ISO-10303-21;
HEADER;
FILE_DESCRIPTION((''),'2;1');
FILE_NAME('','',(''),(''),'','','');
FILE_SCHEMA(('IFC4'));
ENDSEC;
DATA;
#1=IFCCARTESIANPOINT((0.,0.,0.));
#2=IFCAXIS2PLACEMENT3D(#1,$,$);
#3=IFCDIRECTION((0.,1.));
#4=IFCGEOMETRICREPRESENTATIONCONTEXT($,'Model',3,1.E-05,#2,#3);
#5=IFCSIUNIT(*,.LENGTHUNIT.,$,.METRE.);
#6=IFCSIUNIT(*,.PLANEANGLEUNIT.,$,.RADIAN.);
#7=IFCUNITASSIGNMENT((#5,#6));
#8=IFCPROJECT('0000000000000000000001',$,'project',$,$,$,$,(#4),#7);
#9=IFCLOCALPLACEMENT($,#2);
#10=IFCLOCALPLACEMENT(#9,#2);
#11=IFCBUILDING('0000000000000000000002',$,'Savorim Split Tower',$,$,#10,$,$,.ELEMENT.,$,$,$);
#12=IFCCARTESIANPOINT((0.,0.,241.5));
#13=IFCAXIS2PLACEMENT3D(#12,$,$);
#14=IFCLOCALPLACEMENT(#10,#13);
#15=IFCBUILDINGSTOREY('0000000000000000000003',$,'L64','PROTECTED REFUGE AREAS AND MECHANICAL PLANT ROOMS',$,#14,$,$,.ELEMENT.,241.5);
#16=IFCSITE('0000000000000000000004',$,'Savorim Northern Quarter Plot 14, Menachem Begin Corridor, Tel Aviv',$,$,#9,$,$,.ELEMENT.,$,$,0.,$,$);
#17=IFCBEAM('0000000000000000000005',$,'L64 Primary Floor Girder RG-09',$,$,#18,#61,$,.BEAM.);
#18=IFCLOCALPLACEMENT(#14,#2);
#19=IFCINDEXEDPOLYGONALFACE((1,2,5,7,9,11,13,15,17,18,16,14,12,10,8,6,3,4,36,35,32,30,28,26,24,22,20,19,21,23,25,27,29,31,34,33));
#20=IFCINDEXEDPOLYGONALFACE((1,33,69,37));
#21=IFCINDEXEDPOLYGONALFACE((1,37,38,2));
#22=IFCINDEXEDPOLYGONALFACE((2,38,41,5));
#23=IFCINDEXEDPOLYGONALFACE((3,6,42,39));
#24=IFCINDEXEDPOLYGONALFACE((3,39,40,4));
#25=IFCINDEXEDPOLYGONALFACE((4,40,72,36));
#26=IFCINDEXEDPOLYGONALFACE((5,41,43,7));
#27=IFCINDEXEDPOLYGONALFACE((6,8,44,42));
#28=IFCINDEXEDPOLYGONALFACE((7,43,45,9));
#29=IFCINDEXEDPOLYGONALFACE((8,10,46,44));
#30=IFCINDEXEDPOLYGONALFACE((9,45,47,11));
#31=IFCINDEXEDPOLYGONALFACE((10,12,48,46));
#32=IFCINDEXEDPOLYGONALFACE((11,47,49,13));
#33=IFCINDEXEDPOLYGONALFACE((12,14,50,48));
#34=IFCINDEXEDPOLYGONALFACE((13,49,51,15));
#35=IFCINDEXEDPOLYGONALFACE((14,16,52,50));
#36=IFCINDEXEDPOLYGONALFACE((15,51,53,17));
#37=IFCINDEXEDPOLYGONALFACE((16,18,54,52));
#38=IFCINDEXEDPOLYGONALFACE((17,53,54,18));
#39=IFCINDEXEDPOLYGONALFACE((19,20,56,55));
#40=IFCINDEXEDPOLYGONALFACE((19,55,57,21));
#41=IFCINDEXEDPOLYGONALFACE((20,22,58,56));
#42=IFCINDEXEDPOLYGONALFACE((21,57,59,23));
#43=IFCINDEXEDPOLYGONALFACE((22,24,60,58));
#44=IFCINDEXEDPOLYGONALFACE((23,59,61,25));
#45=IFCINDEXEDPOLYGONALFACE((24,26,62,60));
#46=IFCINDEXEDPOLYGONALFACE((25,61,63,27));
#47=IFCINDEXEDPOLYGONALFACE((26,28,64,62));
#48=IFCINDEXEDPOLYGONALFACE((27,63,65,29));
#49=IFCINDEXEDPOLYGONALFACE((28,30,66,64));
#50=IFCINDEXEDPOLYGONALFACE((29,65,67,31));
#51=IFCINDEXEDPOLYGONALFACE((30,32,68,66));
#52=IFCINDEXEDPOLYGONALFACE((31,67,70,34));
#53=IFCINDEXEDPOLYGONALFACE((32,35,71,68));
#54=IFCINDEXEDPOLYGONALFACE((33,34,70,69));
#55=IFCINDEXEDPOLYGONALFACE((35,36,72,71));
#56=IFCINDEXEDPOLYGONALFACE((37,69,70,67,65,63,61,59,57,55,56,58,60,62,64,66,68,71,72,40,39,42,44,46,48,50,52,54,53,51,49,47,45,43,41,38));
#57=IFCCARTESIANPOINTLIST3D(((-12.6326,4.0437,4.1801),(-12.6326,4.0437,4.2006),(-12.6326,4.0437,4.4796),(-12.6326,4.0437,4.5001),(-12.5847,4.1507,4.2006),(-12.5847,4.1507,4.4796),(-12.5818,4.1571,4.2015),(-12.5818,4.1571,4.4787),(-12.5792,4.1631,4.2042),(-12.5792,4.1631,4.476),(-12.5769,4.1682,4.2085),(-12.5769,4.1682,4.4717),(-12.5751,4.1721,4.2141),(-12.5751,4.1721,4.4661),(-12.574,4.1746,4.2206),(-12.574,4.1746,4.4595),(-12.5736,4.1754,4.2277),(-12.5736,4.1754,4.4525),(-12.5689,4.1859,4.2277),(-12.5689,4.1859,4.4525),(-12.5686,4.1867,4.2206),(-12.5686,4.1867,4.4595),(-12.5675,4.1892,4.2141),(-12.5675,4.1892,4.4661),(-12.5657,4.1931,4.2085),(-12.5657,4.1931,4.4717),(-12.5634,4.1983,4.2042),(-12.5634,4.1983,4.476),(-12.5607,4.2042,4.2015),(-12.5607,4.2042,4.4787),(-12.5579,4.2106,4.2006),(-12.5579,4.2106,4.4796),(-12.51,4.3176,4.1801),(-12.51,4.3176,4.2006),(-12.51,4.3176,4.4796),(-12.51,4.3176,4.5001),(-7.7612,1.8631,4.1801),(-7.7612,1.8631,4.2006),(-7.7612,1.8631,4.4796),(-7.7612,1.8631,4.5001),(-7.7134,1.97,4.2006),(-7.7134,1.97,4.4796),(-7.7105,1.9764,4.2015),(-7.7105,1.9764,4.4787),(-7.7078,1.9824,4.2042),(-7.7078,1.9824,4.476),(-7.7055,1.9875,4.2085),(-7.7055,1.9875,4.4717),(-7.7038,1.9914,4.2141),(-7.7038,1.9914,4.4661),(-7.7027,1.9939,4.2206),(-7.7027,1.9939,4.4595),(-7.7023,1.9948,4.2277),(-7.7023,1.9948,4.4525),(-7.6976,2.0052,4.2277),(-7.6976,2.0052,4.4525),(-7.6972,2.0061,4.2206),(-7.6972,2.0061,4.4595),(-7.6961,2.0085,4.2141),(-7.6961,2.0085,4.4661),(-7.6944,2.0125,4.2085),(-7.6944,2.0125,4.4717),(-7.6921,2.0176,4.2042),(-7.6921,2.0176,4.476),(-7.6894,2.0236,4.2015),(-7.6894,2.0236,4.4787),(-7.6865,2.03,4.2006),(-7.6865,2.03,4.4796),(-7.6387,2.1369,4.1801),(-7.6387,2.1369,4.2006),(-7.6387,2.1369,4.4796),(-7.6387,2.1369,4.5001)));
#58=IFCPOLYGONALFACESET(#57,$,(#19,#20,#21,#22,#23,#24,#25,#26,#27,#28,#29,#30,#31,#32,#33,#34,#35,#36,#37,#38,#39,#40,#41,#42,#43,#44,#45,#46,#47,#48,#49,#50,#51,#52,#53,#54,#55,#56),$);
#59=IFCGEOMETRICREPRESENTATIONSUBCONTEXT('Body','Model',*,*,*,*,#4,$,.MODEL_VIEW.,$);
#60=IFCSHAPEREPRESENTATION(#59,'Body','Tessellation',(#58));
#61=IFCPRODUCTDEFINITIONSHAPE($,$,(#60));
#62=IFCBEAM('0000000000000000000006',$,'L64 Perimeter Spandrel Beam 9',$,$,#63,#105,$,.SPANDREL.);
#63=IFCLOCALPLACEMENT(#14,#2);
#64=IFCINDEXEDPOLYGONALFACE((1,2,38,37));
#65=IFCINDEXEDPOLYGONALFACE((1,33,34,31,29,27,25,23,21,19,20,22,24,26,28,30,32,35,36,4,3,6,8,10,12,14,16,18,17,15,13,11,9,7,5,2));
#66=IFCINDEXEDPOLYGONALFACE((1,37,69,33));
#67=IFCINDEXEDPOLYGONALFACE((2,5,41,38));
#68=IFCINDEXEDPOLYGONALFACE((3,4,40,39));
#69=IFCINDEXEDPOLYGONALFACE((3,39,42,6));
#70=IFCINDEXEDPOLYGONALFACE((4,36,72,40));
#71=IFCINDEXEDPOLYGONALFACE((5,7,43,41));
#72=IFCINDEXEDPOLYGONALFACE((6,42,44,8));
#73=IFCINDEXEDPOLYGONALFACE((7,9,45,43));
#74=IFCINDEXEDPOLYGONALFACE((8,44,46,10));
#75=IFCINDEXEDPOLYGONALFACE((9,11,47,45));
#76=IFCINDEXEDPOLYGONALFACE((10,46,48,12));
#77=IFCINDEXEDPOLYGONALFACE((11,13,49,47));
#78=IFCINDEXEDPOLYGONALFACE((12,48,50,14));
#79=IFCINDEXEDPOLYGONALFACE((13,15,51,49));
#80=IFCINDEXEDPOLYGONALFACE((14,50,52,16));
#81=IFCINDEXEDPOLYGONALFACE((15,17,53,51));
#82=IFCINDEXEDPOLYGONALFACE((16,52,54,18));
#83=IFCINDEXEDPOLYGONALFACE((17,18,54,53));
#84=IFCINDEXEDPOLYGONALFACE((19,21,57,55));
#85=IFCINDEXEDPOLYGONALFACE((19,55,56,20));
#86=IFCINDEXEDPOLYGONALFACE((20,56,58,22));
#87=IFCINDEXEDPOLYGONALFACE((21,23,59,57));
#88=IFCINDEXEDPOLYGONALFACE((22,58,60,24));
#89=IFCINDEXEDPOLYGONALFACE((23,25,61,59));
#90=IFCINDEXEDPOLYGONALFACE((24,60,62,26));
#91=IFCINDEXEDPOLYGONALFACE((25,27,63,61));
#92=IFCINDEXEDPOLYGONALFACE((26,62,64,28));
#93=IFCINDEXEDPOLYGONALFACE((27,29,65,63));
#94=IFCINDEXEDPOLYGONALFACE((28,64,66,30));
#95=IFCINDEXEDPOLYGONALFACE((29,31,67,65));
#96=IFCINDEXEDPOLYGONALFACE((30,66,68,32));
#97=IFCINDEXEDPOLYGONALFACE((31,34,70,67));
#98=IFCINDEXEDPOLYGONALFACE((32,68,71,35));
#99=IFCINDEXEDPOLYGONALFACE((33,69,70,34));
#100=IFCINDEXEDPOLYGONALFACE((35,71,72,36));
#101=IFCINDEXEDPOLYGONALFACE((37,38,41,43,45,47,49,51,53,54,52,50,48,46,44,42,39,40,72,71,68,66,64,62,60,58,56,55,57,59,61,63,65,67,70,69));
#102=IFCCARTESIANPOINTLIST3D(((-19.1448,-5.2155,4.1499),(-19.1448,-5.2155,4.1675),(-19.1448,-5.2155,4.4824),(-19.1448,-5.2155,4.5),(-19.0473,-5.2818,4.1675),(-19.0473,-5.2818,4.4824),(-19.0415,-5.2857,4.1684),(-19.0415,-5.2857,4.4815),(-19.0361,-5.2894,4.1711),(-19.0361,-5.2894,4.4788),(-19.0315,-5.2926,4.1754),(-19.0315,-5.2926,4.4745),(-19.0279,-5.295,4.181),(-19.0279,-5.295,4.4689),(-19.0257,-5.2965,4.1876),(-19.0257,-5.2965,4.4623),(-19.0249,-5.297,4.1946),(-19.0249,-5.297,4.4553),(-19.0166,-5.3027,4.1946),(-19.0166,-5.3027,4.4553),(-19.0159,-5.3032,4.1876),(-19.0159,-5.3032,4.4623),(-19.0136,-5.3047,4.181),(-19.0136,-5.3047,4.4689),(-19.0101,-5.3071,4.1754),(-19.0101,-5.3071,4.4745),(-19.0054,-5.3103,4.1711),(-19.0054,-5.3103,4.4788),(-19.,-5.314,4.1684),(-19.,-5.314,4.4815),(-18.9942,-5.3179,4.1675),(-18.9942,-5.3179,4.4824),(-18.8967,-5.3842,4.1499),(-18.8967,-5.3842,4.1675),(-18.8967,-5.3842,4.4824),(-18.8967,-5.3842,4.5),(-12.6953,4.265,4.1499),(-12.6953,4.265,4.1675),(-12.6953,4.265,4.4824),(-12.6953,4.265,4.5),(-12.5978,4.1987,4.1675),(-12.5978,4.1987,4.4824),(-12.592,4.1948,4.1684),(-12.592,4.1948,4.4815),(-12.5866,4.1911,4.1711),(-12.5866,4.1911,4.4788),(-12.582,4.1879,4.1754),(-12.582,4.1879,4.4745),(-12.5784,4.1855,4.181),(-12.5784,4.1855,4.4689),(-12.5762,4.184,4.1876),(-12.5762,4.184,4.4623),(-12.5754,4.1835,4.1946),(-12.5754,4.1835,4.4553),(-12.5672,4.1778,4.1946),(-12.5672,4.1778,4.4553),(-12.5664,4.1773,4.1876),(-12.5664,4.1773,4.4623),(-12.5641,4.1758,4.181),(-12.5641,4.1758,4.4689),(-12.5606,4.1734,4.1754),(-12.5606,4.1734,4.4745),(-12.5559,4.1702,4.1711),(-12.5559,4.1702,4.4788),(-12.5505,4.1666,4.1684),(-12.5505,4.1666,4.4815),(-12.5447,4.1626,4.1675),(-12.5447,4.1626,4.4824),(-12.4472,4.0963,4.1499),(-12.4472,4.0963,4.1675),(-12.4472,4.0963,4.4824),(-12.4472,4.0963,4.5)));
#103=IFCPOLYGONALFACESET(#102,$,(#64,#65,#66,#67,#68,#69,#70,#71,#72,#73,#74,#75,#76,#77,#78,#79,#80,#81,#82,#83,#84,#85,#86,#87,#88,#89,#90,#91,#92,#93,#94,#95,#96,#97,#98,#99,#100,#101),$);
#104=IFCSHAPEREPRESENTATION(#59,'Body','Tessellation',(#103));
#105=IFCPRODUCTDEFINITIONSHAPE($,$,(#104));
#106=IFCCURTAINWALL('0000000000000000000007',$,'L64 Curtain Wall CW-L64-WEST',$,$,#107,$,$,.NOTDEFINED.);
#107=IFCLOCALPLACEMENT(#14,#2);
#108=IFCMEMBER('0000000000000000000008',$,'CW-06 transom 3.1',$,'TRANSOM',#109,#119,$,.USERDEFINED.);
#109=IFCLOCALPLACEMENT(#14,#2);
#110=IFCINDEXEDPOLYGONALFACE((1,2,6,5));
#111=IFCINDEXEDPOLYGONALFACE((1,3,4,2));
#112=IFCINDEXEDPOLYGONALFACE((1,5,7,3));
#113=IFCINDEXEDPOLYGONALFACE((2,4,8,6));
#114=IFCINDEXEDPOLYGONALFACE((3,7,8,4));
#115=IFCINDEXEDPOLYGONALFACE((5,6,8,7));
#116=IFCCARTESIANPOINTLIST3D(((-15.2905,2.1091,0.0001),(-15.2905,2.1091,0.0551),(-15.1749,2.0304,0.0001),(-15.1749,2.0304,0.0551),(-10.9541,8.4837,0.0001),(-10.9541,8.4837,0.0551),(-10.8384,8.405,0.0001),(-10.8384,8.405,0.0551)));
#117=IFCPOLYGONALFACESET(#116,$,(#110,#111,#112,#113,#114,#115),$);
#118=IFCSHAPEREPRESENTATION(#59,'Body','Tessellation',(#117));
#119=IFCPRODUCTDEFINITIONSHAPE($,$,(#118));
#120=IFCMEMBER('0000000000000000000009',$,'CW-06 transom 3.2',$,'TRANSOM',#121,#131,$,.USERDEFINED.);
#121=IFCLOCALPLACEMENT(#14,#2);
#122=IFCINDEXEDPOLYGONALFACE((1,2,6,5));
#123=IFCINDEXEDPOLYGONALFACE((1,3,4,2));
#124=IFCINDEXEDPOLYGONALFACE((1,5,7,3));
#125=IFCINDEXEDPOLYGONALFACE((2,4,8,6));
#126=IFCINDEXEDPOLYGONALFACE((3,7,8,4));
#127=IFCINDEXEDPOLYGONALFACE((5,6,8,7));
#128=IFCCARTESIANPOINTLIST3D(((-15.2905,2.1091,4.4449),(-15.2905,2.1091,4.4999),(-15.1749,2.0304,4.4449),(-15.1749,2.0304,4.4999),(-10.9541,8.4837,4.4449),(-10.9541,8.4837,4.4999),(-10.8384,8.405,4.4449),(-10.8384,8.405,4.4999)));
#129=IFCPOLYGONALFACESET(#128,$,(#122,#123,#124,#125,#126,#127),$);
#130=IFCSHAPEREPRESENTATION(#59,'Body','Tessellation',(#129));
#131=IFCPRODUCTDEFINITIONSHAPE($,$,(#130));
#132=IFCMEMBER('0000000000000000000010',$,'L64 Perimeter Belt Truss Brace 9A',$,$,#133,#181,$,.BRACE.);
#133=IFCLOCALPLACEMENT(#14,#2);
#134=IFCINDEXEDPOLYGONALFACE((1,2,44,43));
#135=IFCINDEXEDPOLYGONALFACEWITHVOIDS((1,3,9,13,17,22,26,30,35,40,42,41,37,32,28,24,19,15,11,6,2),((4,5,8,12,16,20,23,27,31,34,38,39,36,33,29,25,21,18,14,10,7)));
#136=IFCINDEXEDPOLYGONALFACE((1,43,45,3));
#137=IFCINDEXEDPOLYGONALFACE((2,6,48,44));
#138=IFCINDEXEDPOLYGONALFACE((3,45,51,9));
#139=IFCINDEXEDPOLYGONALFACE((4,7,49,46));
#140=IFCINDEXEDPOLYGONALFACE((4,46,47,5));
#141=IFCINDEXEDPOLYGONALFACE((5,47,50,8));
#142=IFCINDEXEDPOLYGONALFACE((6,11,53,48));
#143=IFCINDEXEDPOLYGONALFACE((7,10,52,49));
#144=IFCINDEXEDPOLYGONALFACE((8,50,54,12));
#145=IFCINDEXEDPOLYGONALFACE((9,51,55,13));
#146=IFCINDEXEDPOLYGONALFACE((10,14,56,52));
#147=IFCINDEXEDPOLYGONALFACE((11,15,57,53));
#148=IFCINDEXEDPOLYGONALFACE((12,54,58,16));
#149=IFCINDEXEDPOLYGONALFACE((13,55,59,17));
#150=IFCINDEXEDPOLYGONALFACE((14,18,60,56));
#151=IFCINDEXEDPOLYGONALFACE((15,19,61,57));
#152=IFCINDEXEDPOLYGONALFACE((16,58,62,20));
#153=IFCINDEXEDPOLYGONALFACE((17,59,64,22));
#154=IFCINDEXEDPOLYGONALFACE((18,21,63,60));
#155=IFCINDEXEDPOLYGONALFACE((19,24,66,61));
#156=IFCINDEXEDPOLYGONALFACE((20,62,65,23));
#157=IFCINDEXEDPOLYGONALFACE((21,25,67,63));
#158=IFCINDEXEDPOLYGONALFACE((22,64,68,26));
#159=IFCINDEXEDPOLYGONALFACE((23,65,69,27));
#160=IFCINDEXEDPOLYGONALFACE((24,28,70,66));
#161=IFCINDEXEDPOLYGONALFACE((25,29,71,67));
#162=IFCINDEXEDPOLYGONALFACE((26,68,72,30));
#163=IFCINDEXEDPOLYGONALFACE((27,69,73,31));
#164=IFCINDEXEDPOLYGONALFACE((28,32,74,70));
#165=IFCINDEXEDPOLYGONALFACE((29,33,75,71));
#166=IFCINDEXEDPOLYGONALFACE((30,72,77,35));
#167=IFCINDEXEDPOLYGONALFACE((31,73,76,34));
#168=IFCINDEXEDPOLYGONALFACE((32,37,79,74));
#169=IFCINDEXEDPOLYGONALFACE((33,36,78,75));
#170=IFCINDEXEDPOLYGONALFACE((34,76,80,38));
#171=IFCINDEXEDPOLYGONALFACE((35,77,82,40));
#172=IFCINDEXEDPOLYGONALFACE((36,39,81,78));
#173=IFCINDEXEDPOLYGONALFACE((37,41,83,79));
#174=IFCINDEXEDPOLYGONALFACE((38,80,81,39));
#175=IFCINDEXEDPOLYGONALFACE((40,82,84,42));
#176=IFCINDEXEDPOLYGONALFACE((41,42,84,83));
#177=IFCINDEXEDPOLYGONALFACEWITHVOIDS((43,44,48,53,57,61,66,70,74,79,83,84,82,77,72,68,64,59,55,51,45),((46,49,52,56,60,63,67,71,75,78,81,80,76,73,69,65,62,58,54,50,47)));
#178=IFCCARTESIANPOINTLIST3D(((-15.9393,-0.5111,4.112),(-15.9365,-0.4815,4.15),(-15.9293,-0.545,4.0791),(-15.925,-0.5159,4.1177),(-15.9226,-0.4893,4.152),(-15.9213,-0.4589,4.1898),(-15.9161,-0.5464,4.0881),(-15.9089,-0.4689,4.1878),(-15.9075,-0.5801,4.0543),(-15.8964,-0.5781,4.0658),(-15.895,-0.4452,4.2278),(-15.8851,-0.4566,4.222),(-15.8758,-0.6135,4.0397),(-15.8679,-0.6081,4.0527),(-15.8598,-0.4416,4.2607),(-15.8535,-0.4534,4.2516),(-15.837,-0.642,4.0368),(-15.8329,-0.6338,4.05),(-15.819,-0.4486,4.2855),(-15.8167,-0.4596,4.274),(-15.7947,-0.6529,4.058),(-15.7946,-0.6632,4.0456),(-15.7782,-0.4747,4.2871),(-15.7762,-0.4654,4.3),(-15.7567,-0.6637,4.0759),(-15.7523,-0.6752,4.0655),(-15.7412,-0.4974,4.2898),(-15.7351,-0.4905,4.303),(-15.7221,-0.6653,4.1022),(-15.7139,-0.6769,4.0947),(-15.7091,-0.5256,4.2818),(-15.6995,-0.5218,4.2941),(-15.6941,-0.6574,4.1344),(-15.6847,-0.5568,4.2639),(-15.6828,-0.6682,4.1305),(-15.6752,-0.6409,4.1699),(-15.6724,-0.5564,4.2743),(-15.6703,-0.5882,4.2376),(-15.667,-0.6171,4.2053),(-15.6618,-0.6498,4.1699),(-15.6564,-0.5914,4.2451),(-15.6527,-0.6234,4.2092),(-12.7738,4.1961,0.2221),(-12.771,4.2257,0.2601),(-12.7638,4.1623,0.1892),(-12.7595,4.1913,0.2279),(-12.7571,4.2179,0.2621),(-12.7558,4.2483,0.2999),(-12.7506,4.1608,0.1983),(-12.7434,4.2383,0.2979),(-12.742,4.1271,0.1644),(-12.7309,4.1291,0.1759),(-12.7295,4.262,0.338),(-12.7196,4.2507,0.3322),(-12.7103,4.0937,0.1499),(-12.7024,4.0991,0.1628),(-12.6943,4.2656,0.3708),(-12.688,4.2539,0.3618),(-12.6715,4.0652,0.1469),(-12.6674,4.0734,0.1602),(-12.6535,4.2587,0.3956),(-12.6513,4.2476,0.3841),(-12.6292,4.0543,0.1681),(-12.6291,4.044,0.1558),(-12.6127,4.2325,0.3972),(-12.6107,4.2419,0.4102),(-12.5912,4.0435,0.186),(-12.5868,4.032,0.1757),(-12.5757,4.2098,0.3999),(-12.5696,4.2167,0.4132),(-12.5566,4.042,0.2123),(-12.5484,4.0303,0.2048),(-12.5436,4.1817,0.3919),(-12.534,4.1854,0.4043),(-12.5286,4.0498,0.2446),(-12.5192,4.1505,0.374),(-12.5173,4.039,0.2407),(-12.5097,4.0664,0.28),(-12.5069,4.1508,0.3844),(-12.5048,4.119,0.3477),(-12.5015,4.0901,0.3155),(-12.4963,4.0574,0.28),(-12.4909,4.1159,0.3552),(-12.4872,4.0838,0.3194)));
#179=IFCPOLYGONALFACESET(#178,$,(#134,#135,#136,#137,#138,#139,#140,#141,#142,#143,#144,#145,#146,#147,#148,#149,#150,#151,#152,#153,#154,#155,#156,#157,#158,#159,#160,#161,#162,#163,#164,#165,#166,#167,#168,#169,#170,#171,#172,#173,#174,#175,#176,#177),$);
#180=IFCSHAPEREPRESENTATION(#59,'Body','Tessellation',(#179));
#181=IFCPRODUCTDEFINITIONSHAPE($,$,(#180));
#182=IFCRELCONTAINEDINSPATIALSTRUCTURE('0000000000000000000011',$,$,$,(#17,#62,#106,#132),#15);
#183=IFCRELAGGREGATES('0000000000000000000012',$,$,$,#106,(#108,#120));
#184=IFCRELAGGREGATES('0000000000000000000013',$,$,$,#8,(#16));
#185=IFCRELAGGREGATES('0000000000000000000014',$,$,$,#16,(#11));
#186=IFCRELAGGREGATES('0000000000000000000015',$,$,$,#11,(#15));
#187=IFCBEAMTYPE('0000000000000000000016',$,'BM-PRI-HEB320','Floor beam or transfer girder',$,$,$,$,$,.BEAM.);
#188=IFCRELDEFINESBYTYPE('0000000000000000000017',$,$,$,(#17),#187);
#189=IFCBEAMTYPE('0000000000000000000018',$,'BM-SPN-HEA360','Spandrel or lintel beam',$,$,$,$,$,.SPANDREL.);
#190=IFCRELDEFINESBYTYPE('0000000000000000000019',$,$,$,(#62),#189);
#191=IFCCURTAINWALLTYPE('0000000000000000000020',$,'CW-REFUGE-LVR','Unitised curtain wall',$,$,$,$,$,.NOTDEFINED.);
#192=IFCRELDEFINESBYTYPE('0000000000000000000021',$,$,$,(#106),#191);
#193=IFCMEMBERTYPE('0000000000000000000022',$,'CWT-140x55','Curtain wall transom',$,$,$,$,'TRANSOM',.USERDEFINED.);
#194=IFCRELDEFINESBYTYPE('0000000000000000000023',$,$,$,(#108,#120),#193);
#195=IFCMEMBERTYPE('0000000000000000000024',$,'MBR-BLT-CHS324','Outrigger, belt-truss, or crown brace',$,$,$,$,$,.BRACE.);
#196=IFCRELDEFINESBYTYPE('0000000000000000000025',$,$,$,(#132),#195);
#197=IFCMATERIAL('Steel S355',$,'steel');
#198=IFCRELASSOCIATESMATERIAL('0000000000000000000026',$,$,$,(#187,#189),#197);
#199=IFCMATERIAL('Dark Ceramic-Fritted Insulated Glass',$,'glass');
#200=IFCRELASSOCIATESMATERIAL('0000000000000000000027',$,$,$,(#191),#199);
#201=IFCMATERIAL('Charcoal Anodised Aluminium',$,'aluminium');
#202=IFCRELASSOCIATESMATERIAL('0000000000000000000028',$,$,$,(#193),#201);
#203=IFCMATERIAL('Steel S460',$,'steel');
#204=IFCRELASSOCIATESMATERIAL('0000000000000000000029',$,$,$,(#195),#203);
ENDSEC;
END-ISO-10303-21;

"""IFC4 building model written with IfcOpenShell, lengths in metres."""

from ifc_helpers import new_model, si_unit, direction, frame, origin, origin_2d, place, context, subcontext, project, spatial, rectangle, hollow_circle, i_section, extrude, material, material_profile, profile_set, type_object, element, aggregate, save


model = new_model("IFC4")

# Units and contexts
model_context = context("Model", 3, precision=1e-05, world=origin(), true_north=direction((0.0, 1.0)))
body_context = subcontext(model_context, "Body", "Model", "MODEL_VIEW")
ifc_project = project(units=[si_unit("LENGTHUNIT", "METRE"), si_unit("PLANEANGLEUNIT", "RADIAN")], contexts=[model_context])

# Site, building, storey
site_placement = place(None, origin())
site = spatial("IfcSite", under=ifc_project, at=site_placement, Name="Savorim Northern Quarter Plot 14, Menachem Begin Corridor, Tel Aviv", CompositionType="ELEMENT", RefElevation=0.0)
building_placement = place(site_placement, origin())
building = spatial("IfcBuilding", under=site, at=building_placement, Name="Savorim Split Tower", CompositionType="ELEMENT")
storey_placement = place(building_placement, frame((0.0, 0.0, 241.5)))
storey = spatial("IfcBuildingStorey", under=building, at=storey_placement, Name="L64", Description="PROTECTED REFUGE AREAS AND MECHANICAL PLANT ROOMS", CompositionType="ELEMENT", Elevation=241.5)

# Beams
ifc_material_1 = material(Name="Steel S355", Category="steel")
ifc_material_profile_1 = material_profile(ifc_material_1, i_section(OverallWidth=0.3, OverallDepth=0.3201, WebThickness=0.0115, FlangeThickness=0.0205, FilletRadius=0.0271, at=origin_2d()), Name="HEB 320")
ifc_profile_set_1 = profile_set([ifc_material_profile_1], Name="Steel S355")
beam_type_1 = type_object("IfcBeamType", Name="BM-PRI-HEB320", Description="Floor beam or transfer girder", PredefinedType="BEAM", material=ifc_profile_set_1)
beam_1_placement = place(storey_placement, frame((-12.5713, 4.1807, 4.3401), z_axis=(0.912722, -0.408582, 0.0), x_axis=(0.408582, 0.912722, 0.0)))
element("IfcBeam", 1, at=beam_1_placement, inside=storey, type_object=beam_type_1, Name="L64 Primary Floor Girder RG-09", PredefinedType="BEAM", context=body_context, shape_type="SweptSolid", body=[
    extrude(i_section(OverallWidth=0.3, OverallDepth=0.3201, WebThickness=0.0115, FlangeThickness=0.0205, FilletRadius=0.0271, at=origin_2d()), origin(), (0.0, 0.0, 1.0), 5.3372),
])
ifc_material_profile_2 = material_profile(ifc_material_1, i_section(OverallWidth=0.3, OverallDepth=0.3501, WebThickness=0.01, FlangeThickness=0.0176, FilletRadius=0.0271, at=origin_2d()), Name="HEA 360")
ifc_profile_set_2 = profile_set([ifc_material_profile_2], Name="Steel S355")
beam_type_2 = type_object("IfcBeamType", Name="BM-SPN-HEA360", Description="Spandrel or lintel beam", PredefinedType="SPANDREL", material=ifc_profile_set_2)
beam_2_placement = place(storey_placement, frame((-12.5713, 4.1807, 4.325), z_axis=(-0.562474, -0.826815, 0.0), x_axis=(0.826815, -0.562474, 0.0)))
element("IfcBeam", 2, at=beam_2_placement, inside=storey, type_object=beam_type_2, Name="L64 Perimeter Spandrel Beam 9", PredefinedType="SPANDREL", context=body_context, shape_type="SweptSolid", body=[
    extrude(i_section(OverallWidth=0.3, OverallDepth=0.3501, WebThickness=0.01, FlangeThickness=0.0176, FilletRadius=0.0271, at=origin_2d()), origin(), (0.0, 0.0, 1.0), 11.4663),
])

# Curtain wall, members
ifc_material_2 = material(Name="Dark Ceramic-Fritted Insulated Glass", Category="glass")
curtain_wall_type = type_object("IfcCurtainWallType", Name="CW-REFUGE-LVR", Description="Unitised curtain wall", PredefinedType="NOTDEFINED", material=ifc_material_2)
curtain_wall_placement = place(storey_placement, origin())
curtain_wall = element("IfcCurtainWall", 3, at=curtain_wall_placement, inside=storey, type_object=curtain_wall_type, Name="L64 Curtain Wall CW-L64-WEST", PredefinedType="NOTDEFINED")
ifc_material_3 = material(Name="Charcoal Anodised Aluminium", Category="aluminium")
ifc_material_profile_3 = material_profile(ifc_material_3, rectangle(XDim=0.1399, YDim=0.0549, at=origin_2d()), Name="ALU-T 140x55")
ifc_profile_set_3 = profile_set([ifc_material_profile_3], Name="Charcoal Anodised Aluminium")
member_type_1 = type_object("IfcMemberType", Name="CWT-140x55", Description="Curtain wall transom", ElementType="TRANSOM", PredefinedType="USERDEFINED", material=ifc_profile_set_3)
member_1_placement = place(storey_placement, frame((-10.8962, 8.4443, 0.0276), z_axis=(-0.562466, -0.82682, 0.0), x_axis=(0.82682, -0.562466, 0.0)))
member_1 = element("IfcMember", 4, at=member_1_placement, type_object=member_type_1, Name="CW-06 transom 3.1", ObjectType="TRANSOM", PredefinedType="USERDEFINED", context=body_context, shape_type="SweptSolid", body=[
    extrude(rectangle(XDim=0.1399, YDim=0.0549, at=origin_2d()), origin(), (0.0, 0.0, 1.0), 7.7097),
])
member_2_placement = place(storey_placement, frame((-10.8962, 8.4443, 4.4724), z_axis=(-0.562466, -0.82682, 0.0), x_axis=(0.82682, -0.562466, 0.0)))
member_2 = element("IfcMember", 5, at=member_2_placement, type_object=member_type_1, Name="CW-06 transom 3.2", ObjectType="TRANSOM", PredefinedType="USERDEFINED", context=body_context, shape_type="SweptSolid", body=[
    extrude(rectangle(XDim=0.1399, YDim=0.0549, at=origin_2d()), origin(), (0.0, 0.0, 1.0), 7.7097),
])

# Member
ifc_material_4 = material(Name="Steel S460", Category="steel")
ifc_material_profile_4 = material_profile(ifc_material_4, hollow_circle(Radius=0.1619, WallThickness=0.0161, at=origin_2d()), Name="CHS 323.9x16")
ifc_profile_set_4 = profile_set([ifc_material_profile_4], Name="Steel S460")
member_type_2 = type_object("IfcMemberType", Name="MBR-BLT-CHS324", Description="Outrigger, belt-truss, or crown brace", PredefinedType="BRACE", material=ifc_profile_set_4)
member_3_placement = place(storey_placement, frame((-12.6306, 4.1477, 0.28), z_axis=(-0.460223, -0.684371, 0.565536), x_axis=(0.829819, -0.558033, 0.0)))
element("IfcMember", 6, at=member_3_placement, inside=storey, type_object=member_type_2, Name="L64 Perimeter Belt Truss Brace 9A", PredefinedType="BRACE", context=body_context, shape_type="SweptSolid", body=[
    extrude(hollow_circle(Radius=0.1619, WallThickness=0.0161, at=origin_2d()), origin(), (0.0, 0.0, 1.0), 6.8782),
])

aggregate(curtain_wall, [member_1, member_2])

save(model, "model.ifc")
